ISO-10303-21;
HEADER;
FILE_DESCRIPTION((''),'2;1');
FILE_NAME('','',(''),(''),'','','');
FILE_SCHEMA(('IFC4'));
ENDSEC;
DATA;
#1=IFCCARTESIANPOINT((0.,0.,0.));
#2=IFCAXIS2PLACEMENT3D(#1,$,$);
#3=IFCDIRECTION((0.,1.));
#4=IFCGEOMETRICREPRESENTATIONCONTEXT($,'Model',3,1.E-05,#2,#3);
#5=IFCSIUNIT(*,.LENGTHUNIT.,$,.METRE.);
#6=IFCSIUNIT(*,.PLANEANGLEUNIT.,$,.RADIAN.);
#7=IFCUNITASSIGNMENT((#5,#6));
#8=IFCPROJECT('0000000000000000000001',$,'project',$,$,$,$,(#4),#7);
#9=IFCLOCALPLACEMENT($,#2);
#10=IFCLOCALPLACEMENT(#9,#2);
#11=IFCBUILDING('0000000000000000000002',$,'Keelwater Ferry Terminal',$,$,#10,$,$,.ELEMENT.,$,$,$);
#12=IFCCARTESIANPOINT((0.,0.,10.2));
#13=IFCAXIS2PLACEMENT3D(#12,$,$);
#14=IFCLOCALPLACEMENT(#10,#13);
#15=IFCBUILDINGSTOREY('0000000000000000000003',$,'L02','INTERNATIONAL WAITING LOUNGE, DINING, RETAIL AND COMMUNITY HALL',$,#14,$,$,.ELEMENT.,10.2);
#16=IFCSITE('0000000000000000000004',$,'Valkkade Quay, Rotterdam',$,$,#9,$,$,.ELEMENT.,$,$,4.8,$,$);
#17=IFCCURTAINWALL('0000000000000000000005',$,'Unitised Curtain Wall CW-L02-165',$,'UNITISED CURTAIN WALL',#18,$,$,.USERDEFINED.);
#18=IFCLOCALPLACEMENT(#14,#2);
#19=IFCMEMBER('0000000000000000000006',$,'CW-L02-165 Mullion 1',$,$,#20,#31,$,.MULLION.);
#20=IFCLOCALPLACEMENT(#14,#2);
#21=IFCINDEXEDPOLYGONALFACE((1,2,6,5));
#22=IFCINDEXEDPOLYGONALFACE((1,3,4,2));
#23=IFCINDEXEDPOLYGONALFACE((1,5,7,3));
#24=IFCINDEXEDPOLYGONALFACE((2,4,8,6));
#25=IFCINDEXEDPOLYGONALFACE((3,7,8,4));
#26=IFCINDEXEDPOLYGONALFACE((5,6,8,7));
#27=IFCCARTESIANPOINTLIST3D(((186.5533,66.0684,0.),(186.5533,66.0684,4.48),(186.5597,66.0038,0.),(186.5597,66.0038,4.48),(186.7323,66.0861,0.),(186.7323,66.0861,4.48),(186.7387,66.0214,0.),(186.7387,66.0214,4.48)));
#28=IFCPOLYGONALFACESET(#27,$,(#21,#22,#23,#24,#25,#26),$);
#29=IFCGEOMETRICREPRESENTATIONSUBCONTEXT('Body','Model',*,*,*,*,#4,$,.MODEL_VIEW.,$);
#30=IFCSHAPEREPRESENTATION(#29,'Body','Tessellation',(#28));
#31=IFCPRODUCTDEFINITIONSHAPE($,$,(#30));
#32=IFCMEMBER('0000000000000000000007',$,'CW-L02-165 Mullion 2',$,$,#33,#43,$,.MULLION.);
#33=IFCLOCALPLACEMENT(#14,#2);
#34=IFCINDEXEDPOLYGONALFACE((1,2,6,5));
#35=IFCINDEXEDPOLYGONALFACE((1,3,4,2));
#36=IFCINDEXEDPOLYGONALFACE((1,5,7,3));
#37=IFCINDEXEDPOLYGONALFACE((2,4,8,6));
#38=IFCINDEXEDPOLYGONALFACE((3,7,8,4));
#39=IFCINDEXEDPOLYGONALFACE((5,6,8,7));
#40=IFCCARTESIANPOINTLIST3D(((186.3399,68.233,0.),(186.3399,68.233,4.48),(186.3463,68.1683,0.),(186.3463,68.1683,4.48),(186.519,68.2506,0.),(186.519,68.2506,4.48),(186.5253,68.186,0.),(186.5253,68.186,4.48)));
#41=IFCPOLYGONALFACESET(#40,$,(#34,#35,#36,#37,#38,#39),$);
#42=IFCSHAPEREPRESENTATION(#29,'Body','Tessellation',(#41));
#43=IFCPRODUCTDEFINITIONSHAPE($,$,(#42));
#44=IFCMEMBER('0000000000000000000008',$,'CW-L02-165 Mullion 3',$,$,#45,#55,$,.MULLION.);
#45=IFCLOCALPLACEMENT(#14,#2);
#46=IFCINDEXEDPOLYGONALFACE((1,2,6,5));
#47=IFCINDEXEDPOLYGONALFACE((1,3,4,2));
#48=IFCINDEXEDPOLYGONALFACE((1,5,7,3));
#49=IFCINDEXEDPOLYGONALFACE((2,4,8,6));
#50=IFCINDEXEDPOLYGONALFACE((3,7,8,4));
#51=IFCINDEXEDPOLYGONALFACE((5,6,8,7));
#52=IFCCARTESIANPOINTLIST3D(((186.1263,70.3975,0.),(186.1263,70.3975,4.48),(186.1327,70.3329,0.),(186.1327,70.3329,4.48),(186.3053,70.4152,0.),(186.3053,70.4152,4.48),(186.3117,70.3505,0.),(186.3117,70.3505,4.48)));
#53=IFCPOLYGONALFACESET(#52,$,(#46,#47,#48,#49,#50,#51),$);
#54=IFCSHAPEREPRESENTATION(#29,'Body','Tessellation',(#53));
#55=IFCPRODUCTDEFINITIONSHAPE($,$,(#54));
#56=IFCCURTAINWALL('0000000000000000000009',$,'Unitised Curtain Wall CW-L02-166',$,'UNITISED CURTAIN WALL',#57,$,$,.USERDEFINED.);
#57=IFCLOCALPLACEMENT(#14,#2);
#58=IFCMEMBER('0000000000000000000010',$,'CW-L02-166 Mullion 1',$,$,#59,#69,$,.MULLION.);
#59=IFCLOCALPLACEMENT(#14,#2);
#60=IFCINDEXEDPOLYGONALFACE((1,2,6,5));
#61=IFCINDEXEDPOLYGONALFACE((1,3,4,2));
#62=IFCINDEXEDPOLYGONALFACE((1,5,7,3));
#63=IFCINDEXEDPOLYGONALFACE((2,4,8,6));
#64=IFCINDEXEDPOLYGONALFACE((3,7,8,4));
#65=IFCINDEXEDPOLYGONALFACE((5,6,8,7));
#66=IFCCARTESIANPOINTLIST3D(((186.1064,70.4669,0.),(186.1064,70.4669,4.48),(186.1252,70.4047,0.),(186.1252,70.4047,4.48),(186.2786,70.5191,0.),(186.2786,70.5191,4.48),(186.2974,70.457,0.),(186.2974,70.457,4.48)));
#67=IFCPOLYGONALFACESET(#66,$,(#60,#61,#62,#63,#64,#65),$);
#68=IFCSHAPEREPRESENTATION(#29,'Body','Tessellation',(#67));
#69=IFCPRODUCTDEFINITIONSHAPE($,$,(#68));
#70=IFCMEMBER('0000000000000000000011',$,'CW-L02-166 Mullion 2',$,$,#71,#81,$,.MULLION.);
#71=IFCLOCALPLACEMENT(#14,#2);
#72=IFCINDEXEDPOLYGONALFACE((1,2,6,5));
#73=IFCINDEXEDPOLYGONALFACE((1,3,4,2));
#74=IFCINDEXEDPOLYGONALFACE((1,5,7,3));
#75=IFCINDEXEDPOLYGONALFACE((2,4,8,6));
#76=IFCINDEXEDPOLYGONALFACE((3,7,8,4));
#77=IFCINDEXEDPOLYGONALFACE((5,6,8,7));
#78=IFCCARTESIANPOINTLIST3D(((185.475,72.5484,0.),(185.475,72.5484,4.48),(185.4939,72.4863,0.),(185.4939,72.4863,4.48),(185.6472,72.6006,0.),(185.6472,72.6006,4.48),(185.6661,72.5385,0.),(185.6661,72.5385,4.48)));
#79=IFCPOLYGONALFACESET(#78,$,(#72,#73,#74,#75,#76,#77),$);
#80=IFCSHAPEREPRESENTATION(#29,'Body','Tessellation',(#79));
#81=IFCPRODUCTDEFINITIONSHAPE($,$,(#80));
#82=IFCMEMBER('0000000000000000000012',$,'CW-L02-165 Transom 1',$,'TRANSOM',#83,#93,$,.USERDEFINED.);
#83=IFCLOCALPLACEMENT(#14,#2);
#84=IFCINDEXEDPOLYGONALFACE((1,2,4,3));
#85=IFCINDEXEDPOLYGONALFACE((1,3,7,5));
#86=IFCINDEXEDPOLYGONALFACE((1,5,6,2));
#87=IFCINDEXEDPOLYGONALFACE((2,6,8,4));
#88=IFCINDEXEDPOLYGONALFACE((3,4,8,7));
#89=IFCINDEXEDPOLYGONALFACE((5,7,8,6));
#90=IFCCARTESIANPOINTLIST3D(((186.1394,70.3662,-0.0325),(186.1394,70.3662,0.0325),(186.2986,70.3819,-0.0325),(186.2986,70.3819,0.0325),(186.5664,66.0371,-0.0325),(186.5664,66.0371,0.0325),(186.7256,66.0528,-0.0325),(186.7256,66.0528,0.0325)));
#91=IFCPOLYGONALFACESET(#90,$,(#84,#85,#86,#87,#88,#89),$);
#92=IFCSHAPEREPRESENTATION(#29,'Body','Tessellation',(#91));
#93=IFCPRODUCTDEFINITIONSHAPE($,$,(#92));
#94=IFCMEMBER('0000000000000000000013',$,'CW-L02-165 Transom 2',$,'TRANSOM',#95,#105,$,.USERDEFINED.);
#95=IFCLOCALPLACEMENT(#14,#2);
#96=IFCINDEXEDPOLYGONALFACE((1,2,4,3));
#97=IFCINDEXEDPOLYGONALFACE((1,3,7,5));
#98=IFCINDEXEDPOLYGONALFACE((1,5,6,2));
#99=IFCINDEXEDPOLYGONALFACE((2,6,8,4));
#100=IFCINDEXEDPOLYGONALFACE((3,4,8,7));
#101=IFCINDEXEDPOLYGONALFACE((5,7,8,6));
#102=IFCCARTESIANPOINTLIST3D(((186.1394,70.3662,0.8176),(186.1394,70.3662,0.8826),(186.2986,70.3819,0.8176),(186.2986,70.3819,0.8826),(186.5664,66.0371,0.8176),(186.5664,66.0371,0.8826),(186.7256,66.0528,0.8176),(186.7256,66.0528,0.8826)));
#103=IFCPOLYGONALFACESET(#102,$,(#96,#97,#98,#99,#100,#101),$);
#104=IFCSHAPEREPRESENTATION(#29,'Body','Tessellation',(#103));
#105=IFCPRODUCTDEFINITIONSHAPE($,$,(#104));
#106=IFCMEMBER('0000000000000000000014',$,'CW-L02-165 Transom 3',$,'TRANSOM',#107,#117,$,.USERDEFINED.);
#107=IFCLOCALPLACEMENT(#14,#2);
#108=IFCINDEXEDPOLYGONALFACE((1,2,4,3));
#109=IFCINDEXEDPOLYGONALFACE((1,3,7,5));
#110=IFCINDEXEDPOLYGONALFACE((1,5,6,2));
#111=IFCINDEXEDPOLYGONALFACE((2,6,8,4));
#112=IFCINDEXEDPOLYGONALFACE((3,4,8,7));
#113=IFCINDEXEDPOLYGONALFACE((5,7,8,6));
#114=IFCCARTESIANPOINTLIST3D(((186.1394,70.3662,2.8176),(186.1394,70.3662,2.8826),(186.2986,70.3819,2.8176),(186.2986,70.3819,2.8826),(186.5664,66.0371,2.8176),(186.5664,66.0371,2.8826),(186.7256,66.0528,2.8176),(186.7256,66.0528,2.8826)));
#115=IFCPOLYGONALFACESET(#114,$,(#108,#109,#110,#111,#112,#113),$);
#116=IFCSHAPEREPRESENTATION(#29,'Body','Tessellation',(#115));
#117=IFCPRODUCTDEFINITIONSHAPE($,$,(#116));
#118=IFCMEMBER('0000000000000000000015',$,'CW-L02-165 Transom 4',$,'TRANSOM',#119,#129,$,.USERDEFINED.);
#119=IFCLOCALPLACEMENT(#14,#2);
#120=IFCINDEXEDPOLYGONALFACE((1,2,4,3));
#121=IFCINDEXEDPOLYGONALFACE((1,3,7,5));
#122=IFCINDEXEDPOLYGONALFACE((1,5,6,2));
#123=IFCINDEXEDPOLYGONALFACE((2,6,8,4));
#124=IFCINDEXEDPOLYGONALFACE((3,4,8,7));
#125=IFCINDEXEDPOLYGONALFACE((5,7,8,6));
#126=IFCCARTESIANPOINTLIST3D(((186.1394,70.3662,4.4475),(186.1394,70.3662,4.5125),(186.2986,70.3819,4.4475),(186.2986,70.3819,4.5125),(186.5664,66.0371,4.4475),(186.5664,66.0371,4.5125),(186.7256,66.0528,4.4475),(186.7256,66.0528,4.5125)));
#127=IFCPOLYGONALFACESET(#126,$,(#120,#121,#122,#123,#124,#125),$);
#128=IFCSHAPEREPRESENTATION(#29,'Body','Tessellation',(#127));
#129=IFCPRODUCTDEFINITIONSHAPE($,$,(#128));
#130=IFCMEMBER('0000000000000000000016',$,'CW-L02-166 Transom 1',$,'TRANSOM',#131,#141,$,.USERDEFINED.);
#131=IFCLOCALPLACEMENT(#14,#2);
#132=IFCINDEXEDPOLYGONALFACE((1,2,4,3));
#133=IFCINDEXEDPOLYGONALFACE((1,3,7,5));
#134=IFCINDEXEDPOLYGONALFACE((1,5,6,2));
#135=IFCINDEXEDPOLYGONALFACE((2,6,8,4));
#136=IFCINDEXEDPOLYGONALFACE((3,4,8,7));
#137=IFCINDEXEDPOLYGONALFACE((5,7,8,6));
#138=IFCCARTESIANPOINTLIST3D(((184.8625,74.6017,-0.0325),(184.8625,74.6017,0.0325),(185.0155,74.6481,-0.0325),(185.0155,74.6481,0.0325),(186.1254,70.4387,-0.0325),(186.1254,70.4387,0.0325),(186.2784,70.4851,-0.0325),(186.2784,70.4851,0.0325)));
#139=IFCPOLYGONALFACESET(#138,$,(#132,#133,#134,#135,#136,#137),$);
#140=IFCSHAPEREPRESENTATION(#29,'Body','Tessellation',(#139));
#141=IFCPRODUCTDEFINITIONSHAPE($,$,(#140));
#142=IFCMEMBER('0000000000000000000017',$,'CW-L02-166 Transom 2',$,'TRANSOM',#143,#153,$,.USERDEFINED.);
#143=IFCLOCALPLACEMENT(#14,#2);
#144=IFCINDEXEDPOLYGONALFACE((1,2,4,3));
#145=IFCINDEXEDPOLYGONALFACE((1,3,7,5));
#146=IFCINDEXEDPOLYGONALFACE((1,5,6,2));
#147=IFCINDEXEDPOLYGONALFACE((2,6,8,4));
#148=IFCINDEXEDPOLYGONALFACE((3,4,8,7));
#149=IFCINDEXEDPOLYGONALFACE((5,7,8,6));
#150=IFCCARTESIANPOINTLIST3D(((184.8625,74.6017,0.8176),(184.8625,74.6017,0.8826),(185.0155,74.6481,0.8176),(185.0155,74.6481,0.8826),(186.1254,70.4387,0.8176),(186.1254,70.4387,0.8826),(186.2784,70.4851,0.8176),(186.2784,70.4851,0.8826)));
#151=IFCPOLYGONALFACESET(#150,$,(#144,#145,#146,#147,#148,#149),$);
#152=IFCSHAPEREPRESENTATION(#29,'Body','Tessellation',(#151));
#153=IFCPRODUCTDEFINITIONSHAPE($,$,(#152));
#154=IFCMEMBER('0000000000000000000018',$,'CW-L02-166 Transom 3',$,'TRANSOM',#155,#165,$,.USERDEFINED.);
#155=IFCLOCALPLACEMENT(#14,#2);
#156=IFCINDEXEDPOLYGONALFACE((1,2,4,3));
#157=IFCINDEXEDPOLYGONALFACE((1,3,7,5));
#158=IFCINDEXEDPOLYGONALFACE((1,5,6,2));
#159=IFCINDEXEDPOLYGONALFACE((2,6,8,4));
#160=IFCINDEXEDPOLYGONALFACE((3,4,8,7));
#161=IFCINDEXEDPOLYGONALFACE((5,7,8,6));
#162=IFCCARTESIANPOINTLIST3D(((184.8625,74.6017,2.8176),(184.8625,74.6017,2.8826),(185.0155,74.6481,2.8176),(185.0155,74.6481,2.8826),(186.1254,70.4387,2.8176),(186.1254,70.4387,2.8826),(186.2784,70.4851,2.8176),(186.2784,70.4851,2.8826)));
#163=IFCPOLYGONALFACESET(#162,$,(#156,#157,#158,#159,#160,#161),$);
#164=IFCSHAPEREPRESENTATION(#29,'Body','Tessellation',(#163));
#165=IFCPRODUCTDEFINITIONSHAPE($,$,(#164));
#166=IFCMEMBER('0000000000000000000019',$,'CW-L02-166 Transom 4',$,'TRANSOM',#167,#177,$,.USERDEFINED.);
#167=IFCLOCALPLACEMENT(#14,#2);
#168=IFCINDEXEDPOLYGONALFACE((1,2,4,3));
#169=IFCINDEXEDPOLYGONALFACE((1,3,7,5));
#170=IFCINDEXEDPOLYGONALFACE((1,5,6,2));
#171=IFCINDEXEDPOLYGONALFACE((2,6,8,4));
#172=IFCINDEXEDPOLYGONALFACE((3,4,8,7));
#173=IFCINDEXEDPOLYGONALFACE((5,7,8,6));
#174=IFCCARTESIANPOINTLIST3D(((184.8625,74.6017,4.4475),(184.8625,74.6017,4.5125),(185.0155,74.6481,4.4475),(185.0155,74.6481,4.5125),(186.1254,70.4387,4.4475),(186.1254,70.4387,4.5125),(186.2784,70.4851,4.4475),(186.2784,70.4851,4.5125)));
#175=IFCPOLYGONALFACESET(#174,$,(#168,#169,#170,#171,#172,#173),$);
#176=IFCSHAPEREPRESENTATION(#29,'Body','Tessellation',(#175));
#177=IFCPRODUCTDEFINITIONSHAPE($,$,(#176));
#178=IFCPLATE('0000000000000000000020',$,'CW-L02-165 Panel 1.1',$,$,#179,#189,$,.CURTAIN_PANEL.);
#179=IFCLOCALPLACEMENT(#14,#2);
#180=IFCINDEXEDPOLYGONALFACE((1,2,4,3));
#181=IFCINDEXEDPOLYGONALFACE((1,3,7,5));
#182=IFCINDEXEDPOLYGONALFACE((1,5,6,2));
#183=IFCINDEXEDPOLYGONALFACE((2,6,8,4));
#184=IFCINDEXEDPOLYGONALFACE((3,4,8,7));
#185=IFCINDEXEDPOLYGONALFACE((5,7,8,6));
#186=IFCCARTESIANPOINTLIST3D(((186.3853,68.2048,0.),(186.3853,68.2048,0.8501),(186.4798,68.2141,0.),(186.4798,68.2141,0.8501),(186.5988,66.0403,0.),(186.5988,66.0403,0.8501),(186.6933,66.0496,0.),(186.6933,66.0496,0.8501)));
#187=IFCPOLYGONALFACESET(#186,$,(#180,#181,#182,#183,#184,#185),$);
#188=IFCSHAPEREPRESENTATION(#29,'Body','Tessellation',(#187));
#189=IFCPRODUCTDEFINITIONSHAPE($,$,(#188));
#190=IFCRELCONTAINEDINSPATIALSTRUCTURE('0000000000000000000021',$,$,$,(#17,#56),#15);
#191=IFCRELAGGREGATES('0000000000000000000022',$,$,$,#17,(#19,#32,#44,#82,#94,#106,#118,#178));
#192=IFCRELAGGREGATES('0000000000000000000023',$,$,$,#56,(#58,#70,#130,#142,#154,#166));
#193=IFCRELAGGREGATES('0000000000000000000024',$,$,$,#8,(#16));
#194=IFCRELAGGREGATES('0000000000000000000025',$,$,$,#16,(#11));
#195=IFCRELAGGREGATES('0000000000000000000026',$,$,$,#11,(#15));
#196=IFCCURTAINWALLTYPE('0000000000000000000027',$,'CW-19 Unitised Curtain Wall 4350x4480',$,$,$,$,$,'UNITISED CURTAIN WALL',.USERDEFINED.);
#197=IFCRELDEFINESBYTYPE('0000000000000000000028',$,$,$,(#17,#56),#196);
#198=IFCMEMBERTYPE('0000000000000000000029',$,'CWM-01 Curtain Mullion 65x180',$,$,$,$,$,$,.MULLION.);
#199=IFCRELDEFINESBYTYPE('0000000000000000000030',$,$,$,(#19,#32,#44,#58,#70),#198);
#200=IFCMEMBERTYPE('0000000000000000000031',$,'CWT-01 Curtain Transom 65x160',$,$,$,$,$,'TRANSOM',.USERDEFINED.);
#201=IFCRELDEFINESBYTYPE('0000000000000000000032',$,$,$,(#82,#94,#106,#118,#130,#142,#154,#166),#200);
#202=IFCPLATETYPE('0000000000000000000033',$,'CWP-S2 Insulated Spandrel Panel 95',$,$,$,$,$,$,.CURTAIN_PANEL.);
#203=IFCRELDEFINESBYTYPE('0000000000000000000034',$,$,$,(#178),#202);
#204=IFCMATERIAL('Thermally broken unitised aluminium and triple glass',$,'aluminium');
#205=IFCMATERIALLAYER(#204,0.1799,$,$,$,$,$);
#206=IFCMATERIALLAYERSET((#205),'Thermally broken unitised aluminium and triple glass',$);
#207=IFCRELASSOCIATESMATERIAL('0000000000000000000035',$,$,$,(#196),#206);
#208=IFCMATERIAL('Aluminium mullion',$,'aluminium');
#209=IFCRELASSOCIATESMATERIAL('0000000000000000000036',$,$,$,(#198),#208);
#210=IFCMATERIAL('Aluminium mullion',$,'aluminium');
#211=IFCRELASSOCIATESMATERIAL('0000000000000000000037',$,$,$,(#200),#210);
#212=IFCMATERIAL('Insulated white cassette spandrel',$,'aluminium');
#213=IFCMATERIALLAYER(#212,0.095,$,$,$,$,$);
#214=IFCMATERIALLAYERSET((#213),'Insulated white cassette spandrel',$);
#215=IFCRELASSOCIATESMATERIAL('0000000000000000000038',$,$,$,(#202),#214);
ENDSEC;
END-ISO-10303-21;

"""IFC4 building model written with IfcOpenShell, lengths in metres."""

from ifc_helpers import new_model, si_unit, direction, frame, origin, origin_2d, place, context, subcontext, project, spatial, rectangle, extrude, material, layer, layer_set, material_profile, profile_set, type_object, element, aggregate, save


model = new_model("IFC4")

# Units and contexts
model_context = context("Model", 3, precision=1e-05, world=origin(), true_north=direction((0.0, 1.0)))
body_context = subcontext(model_context, "Body", "Model", "MODEL_VIEW")
ifc_project = project(units=[si_unit("LENGTHUNIT", "METRE"), si_unit("PLANEANGLEUNIT", "RADIAN")], contexts=[model_context])

# Site, building, storey
site_placement = place(None, origin())
site = spatial("IfcSite", under=ifc_project, at=site_placement, Name="Valkkade Quay, Rotterdam", CompositionType="ELEMENT", RefElevation=4.8)
building_placement = place(site_placement, origin())
building = spatial("IfcBuilding", under=site, at=building_placement, Name="Keelwater Ferry Terminal", CompositionType="ELEMENT")
storey_placement = place(building_placement, frame((0.0, 0.0, 10.2)))
storey = spatial("IfcBuildingStorey", under=building, at=storey_placement, Name="L02", Description="INTERNATIONAL WAITING LOUNGE, DINING, RETAIL AND COMMUNITY HALL", CompositionType="ELEMENT", Elevation=10.2)

# Curtain walls, members
ifc_material_1 = material(Name="Thermally broken unitised aluminium and triple glass", Category="aluminium")
ifc_layer_1 = layer(ifc_material_1, 0.1799)
ifc_layer_set_1 = layer_set([ifc_layer_1], Name="Thermally broken unitised aluminium and triple glass")
curtain_wall_type = type_object("IfcCurtainWallType", Name="CW-19 Unitised Curtain Wall 4350x4480", ElementType="UNITISED CURTAIN WALL", PredefinedType="USERDEFINED", material=ifc_layer_set_1)
curtain_wall_1_placement = place(storey_placement, origin())
curtain_wall_1 = element("IfcCurtainWall", 1, at=curtain_wall_1_placement, inside=storey, type_object=curtain_wall_type, Name="Unitised Curtain Wall CW-L02-165", ObjectType="UNITISED CURTAIN WALL", PredefinedType="USERDEFINED")
ifc_material_2 = material(Name="Aluminium mullion", Category="aluminium")
ifc_material_profile_1 = material_profile(ifc_material_2, rectangle(XDim=0.0649, YDim=0.1799, at=origin_2d()), Name="CWM-01")
ifc_profile_set_1 = profile_set([ifc_material_profile_1], Name="Aluminium mullion")
member_type_1 = type_object("IfcMemberType", Name="CWM-01 Curtain Mullion 65x180", PredefinedType="MULLION", material=ifc_profile_set_1)
member_1_placement = place(storey_placement, frame((186.646, 66.0449, 0.0), z_axis=(0.0, 0.0, 1.0), x_axis=(-0.098161, 0.995171, 0.0)))
member_1 = element("IfcMember", 2, at=member_1_placement, type_object=member_type_1, Name="CW-L02-165 Mullion 1", PredefinedType="MULLION", context=body_context, shape_type="SweptSolid", body=[
    extrude(rectangle(XDim=0.0649, YDim=0.1799, at=origin_2d()), origin(), (0.0, 0.0, 1.0), 4.48),
])
member_2_placement = place(storey_placement, frame((186.4326, 68.2095, 0.0), z_axis=(0.0, 0.0, 1.0), x_axis=(-0.098161, 0.995171, 0.0)))
member_2 = element("IfcMember", 3, at=member_2_placement, type_object=member_type_1, Name="CW-L02-165 Mullion 2", PredefinedType="MULLION", context=body_context, shape_type="SweptSolid", body=[
    extrude(rectangle(XDim=0.0649, YDim=0.1799, at=origin_2d()), origin(), (0.0, 0.0, 1.0), 4.48),
])
member_3_placement = place(storey_placement, frame((186.219, 70.374, 0.0), z_axis=(0.0, 0.0, 1.0), x_axis=(-0.098161, 0.995171, 0.0)))
member_3 = element("IfcMember", 4, at=member_3_placement, type_object=member_type_1, Name="CW-L02-165 Mullion 3", PredefinedType="MULLION", context=body_context, shape_type="SweptSolid", body=[
    extrude(rectangle(XDim=0.0649, YDim=0.1799, at=origin_2d()), origin(), (0.0, 0.0, 1.0), 4.48),
])
curtain_wall_2_placement = place(storey_placement, origin())
curtain_wall_2 = element("IfcCurtainWall", 5, at=curtain_wall_2_placement, inside=storey, type_object=curtain_wall_type, Name="Unitised Curtain Wall CW-L02-166", ObjectType="UNITISED CURTAIN WALL", PredefinedType="USERDEFINED")
member_4_placement = place(storey_placement, frame((186.2019, 70.4619, 0.0), z_axis=(0.0, 0.0, 1.0), x_axis=(-0.29032, 0.95693, 0.0)))
member_4 = element("IfcMember", 6, at=member_4_placement, type_object=member_type_1, Name="CW-L02-166 Mullion 1", PredefinedType="MULLION", context=body_context, shape_type="SweptSolid", body=[
    extrude(rectangle(XDim=0.0649, YDim=0.1799, at=origin_2d()), origin(), (0.0, 0.0, 1.0), 4.48),
])
member_5_placement = place(storey_placement, frame((185.5706, 72.5435, 0.0), z_axis=(0.0, 0.0, 1.0), x_axis=(-0.29032, 0.95693, 0.0)))
member_5 = element("IfcMember", 7, at=member_5_placement, type_object=member_type_1, Name="CW-L02-166 Mullion 2", PredefinedType="MULLION", context=body_context, shape_type="SweptSolid", body=[
    extrude(rectangle(XDim=0.0649, YDim=0.1799, at=origin_2d()), origin(), (0.0, 0.0, 1.0), 4.48),
])

# Members
ifc_material_3 = material(Name="Aluminium mullion", Category="aluminium")
ifc_material_profile_2 = material_profile(ifc_material_3, rectangle(XDim=0.1599, YDim=0.0649, at=origin_2d()), Name="CWT-01")
ifc_profile_set_2 = profile_set([ifc_material_profile_2], Name="Aluminium mullion")
member_type_2 = type_object("IfcMemberType", Name="CWT-01 Curtain Transom 65x160", ElementType="TRANSOM", PredefinedType="USERDEFINED", material=ifc_profile_set_2)
member_6_placement = place(storey_placement, frame((186.646, 66.0449, 0.0), z_axis=(-0.098159, 0.995171, 0.0), x_axis=(-0.995171, -0.098159, 0.0)))
member_6 = element("IfcMember", 8, at=member_6_placement, type_object=member_type_2, Name="CW-L02-165 Transom 1", ObjectType="TRANSOM", PredefinedType="USERDEFINED", context=body_context, shape_type="SweptSolid", body=[
    extrude(rectangle(XDim=0.1599, YDim=0.0649, at=origin_2d()), origin(), (0.0, 0.0, 1.0), 4.3501),
])
member_7_placement = place(storey_placement, frame((186.646, 66.0449, 0.8501), z_axis=(-0.098159, 0.995171, 0.0), x_axis=(-0.995171, -0.098159, 0.0)))
member_7 = element("IfcMember", 9, at=member_7_placement, type_object=member_type_2, Name="CW-L02-165 Transom 2", ObjectType="TRANSOM", PredefinedType="USERDEFINED", context=body_context, shape_type="SweptSolid", body=[
    extrude(rectangle(XDim=0.1599, YDim=0.0649, at=origin_2d()), origin(), (0.0, 0.0, 1.0), 4.3501),
])
member_8_placement = place(storey_placement, frame((186.646, 66.0449, 2.8501), z_axis=(-0.098159, 0.995171, 0.0), x_axis=(-0.995171, -0.098159, 0.0)))
member_8 = element("IfcMember", 10, at=member_8_placement, type_object=member_type_2, Name="CW-L02-165 Transom 3", ObjectType="TRANSOM", PredefinedType="USERDEFINED", context=body_context, shape_type="SweptSolid", body=[
    extrude(rectangle(XDim=0.1599, YDim=0.0649, at=origin_2d()), origin(), (0.0, 0.0, 1.0), 4.3501),
])
member_9_placement = place(storey_placement, frame((186.646, 66.0449, 4.48), z_axis=(-0.098159, 0.995171, 0.0), x_axis=(-0.995171, -0.098159, 0.0)))
member_9 = element("IfcMember", 11, at=member_9_placement, type_object=member_type_2, Name="CW-L02-165 Transom 4", ObjectType="TRANSOM", PredefinedType="USERDEFINED", context=body_context, shape_type="SweptSolid", body=[
    extrude(rectangle(XDim=0.1599, YDim=0.0649, at=origin_2d()), origin(), (0.0, 0.0, 1.0), 4.3501),
])
member_10_placement = place(storey_placement, frame((186.2019, 70.4619, 0.0), z_axis=(-0.290302, 0.956935, 0.0), x_axis=(-0.956935, -0.290302, 0.0)))
member_10 = element("IfcMember", 12, at=member_10_placement, type_object=member_type_2, Name="CW-L02-166 Transom 1", ObjectType="TRANSOM", PredefinedType="USERDEFINED", context=body_context, shape_type="SweptSolid", body=[
    extrude(rectangle(XDim=0.1599, YDim=0.0649, at=origin_2d()), origin(), (0.0, 0.0, 1.0), 4.3503),
])
member_11_placement = place(storey_placement, frame((186.2019, 70.4619, 0.8501), z_axis=(-0.290302, 0.956935, 0.0), x_axis=(-0.956935, -0.290302, 0.0)))
member_11 = element("IfcMember", 13, at=member_11_placement, type_object=member_type_2, Name="CW-L02-166 Transom 2", ObjectType="TRANSOM", PredefinedType="USERDEFINED", context=body_context, shape_type="SweptSolid", body=[
    extrude(rectangle(XDim=0.1599, YDim=0.0649, at=origin_2d()), origin(), (0.0, 0.0, 1.0), 4.3503),
])
member_12_placement = place(storey_placement, frame((186.2019, 70.4619, 2.8501), z_axis=(-0.290302, 0.956935, 0.0), x_axis=(-0.956935, -0.290302, 0.0)))
member_12 = element("IfcMember", 14, at=member_12_placement, type_object=member_type_2, Name="CW-L02-166 Transom 3", ObjectType="TRANSOM", PredefinedType="USERDEFINED", context=body_context, shape_type="SweptSolid", body=[
    extrude(rectangle(XDim=0.1599, YDim=0.0649, at=origin_2d()), origin(), (0.0, 0.0, 1.0), 4.3503),
])
member_13_placement = place(storey_placement, frame((186.2019, 70.4619, 4.48), z_axis=(-0.290302, 0.956935, 0.0), x_axis=(-0.956935, -0.290302, 0.0)))
member_13 = element("IfcMember", 15, at=member_13_placement, type_object=member_type_2, Name="CW-L02-166 Transom 4", ObjectType="TRANSOM", PredefinedType="USERDEFINED", context=body_context, shape_type="SweptSolid", body=[
    extrude(rectangle(XDim=0.1599, YDim=0.0649, at=origin_2d()), origin(), (0.0, 0.0, 1.0), 4.3503),
])

# Plate
ifc_material_4 = material(Name="Insulated white cassette spandrel", Category="aluminium")
ifc_layer_2 = layer(ifc_material_4, 0.095)
ifc_layer_set_2 = layer_set([ifc_layer_2], Name="Insulated white cassette spandrel")
plate_type_1 = type_object("IfcPlateType", Name="CWP-S2 Insulated Spandrel Panel 95", PredefinedType="CURTAIN_PANEL", material=ifc_layer_set_2)
plate_1_placement = place(storey_placement, frame((186.5393, 67.1272, 0.0), z_axis=(0.0, 0.0, 1.0), x_axis=(-0.098161, 0.995171, 0.0)))
plate_1 = element("IfcPlate", 16, at=plate_1_placement, type_object=plate_type_1, Name="CW-L02-165 Panel 1.1", PredefinedType="CURTAIN_PANEL", context=body_context, shape_type="SweptSolid", body=[
    extrude(rectangle(XDim=2.175, YDim=0.095, at=origin_2d()), origin(), (0.0, 0.0, 1.0), 0.8501),
])
aggregate(curtain_wall_1, [member_1, member_2, member_3, member_6, member_7, member_8, member_9, plate_1])
aggregate(curtain_wall_2, [member_4, member_5, member_10, member_11, member_12, member_13])

save(model, "model.ifc")
